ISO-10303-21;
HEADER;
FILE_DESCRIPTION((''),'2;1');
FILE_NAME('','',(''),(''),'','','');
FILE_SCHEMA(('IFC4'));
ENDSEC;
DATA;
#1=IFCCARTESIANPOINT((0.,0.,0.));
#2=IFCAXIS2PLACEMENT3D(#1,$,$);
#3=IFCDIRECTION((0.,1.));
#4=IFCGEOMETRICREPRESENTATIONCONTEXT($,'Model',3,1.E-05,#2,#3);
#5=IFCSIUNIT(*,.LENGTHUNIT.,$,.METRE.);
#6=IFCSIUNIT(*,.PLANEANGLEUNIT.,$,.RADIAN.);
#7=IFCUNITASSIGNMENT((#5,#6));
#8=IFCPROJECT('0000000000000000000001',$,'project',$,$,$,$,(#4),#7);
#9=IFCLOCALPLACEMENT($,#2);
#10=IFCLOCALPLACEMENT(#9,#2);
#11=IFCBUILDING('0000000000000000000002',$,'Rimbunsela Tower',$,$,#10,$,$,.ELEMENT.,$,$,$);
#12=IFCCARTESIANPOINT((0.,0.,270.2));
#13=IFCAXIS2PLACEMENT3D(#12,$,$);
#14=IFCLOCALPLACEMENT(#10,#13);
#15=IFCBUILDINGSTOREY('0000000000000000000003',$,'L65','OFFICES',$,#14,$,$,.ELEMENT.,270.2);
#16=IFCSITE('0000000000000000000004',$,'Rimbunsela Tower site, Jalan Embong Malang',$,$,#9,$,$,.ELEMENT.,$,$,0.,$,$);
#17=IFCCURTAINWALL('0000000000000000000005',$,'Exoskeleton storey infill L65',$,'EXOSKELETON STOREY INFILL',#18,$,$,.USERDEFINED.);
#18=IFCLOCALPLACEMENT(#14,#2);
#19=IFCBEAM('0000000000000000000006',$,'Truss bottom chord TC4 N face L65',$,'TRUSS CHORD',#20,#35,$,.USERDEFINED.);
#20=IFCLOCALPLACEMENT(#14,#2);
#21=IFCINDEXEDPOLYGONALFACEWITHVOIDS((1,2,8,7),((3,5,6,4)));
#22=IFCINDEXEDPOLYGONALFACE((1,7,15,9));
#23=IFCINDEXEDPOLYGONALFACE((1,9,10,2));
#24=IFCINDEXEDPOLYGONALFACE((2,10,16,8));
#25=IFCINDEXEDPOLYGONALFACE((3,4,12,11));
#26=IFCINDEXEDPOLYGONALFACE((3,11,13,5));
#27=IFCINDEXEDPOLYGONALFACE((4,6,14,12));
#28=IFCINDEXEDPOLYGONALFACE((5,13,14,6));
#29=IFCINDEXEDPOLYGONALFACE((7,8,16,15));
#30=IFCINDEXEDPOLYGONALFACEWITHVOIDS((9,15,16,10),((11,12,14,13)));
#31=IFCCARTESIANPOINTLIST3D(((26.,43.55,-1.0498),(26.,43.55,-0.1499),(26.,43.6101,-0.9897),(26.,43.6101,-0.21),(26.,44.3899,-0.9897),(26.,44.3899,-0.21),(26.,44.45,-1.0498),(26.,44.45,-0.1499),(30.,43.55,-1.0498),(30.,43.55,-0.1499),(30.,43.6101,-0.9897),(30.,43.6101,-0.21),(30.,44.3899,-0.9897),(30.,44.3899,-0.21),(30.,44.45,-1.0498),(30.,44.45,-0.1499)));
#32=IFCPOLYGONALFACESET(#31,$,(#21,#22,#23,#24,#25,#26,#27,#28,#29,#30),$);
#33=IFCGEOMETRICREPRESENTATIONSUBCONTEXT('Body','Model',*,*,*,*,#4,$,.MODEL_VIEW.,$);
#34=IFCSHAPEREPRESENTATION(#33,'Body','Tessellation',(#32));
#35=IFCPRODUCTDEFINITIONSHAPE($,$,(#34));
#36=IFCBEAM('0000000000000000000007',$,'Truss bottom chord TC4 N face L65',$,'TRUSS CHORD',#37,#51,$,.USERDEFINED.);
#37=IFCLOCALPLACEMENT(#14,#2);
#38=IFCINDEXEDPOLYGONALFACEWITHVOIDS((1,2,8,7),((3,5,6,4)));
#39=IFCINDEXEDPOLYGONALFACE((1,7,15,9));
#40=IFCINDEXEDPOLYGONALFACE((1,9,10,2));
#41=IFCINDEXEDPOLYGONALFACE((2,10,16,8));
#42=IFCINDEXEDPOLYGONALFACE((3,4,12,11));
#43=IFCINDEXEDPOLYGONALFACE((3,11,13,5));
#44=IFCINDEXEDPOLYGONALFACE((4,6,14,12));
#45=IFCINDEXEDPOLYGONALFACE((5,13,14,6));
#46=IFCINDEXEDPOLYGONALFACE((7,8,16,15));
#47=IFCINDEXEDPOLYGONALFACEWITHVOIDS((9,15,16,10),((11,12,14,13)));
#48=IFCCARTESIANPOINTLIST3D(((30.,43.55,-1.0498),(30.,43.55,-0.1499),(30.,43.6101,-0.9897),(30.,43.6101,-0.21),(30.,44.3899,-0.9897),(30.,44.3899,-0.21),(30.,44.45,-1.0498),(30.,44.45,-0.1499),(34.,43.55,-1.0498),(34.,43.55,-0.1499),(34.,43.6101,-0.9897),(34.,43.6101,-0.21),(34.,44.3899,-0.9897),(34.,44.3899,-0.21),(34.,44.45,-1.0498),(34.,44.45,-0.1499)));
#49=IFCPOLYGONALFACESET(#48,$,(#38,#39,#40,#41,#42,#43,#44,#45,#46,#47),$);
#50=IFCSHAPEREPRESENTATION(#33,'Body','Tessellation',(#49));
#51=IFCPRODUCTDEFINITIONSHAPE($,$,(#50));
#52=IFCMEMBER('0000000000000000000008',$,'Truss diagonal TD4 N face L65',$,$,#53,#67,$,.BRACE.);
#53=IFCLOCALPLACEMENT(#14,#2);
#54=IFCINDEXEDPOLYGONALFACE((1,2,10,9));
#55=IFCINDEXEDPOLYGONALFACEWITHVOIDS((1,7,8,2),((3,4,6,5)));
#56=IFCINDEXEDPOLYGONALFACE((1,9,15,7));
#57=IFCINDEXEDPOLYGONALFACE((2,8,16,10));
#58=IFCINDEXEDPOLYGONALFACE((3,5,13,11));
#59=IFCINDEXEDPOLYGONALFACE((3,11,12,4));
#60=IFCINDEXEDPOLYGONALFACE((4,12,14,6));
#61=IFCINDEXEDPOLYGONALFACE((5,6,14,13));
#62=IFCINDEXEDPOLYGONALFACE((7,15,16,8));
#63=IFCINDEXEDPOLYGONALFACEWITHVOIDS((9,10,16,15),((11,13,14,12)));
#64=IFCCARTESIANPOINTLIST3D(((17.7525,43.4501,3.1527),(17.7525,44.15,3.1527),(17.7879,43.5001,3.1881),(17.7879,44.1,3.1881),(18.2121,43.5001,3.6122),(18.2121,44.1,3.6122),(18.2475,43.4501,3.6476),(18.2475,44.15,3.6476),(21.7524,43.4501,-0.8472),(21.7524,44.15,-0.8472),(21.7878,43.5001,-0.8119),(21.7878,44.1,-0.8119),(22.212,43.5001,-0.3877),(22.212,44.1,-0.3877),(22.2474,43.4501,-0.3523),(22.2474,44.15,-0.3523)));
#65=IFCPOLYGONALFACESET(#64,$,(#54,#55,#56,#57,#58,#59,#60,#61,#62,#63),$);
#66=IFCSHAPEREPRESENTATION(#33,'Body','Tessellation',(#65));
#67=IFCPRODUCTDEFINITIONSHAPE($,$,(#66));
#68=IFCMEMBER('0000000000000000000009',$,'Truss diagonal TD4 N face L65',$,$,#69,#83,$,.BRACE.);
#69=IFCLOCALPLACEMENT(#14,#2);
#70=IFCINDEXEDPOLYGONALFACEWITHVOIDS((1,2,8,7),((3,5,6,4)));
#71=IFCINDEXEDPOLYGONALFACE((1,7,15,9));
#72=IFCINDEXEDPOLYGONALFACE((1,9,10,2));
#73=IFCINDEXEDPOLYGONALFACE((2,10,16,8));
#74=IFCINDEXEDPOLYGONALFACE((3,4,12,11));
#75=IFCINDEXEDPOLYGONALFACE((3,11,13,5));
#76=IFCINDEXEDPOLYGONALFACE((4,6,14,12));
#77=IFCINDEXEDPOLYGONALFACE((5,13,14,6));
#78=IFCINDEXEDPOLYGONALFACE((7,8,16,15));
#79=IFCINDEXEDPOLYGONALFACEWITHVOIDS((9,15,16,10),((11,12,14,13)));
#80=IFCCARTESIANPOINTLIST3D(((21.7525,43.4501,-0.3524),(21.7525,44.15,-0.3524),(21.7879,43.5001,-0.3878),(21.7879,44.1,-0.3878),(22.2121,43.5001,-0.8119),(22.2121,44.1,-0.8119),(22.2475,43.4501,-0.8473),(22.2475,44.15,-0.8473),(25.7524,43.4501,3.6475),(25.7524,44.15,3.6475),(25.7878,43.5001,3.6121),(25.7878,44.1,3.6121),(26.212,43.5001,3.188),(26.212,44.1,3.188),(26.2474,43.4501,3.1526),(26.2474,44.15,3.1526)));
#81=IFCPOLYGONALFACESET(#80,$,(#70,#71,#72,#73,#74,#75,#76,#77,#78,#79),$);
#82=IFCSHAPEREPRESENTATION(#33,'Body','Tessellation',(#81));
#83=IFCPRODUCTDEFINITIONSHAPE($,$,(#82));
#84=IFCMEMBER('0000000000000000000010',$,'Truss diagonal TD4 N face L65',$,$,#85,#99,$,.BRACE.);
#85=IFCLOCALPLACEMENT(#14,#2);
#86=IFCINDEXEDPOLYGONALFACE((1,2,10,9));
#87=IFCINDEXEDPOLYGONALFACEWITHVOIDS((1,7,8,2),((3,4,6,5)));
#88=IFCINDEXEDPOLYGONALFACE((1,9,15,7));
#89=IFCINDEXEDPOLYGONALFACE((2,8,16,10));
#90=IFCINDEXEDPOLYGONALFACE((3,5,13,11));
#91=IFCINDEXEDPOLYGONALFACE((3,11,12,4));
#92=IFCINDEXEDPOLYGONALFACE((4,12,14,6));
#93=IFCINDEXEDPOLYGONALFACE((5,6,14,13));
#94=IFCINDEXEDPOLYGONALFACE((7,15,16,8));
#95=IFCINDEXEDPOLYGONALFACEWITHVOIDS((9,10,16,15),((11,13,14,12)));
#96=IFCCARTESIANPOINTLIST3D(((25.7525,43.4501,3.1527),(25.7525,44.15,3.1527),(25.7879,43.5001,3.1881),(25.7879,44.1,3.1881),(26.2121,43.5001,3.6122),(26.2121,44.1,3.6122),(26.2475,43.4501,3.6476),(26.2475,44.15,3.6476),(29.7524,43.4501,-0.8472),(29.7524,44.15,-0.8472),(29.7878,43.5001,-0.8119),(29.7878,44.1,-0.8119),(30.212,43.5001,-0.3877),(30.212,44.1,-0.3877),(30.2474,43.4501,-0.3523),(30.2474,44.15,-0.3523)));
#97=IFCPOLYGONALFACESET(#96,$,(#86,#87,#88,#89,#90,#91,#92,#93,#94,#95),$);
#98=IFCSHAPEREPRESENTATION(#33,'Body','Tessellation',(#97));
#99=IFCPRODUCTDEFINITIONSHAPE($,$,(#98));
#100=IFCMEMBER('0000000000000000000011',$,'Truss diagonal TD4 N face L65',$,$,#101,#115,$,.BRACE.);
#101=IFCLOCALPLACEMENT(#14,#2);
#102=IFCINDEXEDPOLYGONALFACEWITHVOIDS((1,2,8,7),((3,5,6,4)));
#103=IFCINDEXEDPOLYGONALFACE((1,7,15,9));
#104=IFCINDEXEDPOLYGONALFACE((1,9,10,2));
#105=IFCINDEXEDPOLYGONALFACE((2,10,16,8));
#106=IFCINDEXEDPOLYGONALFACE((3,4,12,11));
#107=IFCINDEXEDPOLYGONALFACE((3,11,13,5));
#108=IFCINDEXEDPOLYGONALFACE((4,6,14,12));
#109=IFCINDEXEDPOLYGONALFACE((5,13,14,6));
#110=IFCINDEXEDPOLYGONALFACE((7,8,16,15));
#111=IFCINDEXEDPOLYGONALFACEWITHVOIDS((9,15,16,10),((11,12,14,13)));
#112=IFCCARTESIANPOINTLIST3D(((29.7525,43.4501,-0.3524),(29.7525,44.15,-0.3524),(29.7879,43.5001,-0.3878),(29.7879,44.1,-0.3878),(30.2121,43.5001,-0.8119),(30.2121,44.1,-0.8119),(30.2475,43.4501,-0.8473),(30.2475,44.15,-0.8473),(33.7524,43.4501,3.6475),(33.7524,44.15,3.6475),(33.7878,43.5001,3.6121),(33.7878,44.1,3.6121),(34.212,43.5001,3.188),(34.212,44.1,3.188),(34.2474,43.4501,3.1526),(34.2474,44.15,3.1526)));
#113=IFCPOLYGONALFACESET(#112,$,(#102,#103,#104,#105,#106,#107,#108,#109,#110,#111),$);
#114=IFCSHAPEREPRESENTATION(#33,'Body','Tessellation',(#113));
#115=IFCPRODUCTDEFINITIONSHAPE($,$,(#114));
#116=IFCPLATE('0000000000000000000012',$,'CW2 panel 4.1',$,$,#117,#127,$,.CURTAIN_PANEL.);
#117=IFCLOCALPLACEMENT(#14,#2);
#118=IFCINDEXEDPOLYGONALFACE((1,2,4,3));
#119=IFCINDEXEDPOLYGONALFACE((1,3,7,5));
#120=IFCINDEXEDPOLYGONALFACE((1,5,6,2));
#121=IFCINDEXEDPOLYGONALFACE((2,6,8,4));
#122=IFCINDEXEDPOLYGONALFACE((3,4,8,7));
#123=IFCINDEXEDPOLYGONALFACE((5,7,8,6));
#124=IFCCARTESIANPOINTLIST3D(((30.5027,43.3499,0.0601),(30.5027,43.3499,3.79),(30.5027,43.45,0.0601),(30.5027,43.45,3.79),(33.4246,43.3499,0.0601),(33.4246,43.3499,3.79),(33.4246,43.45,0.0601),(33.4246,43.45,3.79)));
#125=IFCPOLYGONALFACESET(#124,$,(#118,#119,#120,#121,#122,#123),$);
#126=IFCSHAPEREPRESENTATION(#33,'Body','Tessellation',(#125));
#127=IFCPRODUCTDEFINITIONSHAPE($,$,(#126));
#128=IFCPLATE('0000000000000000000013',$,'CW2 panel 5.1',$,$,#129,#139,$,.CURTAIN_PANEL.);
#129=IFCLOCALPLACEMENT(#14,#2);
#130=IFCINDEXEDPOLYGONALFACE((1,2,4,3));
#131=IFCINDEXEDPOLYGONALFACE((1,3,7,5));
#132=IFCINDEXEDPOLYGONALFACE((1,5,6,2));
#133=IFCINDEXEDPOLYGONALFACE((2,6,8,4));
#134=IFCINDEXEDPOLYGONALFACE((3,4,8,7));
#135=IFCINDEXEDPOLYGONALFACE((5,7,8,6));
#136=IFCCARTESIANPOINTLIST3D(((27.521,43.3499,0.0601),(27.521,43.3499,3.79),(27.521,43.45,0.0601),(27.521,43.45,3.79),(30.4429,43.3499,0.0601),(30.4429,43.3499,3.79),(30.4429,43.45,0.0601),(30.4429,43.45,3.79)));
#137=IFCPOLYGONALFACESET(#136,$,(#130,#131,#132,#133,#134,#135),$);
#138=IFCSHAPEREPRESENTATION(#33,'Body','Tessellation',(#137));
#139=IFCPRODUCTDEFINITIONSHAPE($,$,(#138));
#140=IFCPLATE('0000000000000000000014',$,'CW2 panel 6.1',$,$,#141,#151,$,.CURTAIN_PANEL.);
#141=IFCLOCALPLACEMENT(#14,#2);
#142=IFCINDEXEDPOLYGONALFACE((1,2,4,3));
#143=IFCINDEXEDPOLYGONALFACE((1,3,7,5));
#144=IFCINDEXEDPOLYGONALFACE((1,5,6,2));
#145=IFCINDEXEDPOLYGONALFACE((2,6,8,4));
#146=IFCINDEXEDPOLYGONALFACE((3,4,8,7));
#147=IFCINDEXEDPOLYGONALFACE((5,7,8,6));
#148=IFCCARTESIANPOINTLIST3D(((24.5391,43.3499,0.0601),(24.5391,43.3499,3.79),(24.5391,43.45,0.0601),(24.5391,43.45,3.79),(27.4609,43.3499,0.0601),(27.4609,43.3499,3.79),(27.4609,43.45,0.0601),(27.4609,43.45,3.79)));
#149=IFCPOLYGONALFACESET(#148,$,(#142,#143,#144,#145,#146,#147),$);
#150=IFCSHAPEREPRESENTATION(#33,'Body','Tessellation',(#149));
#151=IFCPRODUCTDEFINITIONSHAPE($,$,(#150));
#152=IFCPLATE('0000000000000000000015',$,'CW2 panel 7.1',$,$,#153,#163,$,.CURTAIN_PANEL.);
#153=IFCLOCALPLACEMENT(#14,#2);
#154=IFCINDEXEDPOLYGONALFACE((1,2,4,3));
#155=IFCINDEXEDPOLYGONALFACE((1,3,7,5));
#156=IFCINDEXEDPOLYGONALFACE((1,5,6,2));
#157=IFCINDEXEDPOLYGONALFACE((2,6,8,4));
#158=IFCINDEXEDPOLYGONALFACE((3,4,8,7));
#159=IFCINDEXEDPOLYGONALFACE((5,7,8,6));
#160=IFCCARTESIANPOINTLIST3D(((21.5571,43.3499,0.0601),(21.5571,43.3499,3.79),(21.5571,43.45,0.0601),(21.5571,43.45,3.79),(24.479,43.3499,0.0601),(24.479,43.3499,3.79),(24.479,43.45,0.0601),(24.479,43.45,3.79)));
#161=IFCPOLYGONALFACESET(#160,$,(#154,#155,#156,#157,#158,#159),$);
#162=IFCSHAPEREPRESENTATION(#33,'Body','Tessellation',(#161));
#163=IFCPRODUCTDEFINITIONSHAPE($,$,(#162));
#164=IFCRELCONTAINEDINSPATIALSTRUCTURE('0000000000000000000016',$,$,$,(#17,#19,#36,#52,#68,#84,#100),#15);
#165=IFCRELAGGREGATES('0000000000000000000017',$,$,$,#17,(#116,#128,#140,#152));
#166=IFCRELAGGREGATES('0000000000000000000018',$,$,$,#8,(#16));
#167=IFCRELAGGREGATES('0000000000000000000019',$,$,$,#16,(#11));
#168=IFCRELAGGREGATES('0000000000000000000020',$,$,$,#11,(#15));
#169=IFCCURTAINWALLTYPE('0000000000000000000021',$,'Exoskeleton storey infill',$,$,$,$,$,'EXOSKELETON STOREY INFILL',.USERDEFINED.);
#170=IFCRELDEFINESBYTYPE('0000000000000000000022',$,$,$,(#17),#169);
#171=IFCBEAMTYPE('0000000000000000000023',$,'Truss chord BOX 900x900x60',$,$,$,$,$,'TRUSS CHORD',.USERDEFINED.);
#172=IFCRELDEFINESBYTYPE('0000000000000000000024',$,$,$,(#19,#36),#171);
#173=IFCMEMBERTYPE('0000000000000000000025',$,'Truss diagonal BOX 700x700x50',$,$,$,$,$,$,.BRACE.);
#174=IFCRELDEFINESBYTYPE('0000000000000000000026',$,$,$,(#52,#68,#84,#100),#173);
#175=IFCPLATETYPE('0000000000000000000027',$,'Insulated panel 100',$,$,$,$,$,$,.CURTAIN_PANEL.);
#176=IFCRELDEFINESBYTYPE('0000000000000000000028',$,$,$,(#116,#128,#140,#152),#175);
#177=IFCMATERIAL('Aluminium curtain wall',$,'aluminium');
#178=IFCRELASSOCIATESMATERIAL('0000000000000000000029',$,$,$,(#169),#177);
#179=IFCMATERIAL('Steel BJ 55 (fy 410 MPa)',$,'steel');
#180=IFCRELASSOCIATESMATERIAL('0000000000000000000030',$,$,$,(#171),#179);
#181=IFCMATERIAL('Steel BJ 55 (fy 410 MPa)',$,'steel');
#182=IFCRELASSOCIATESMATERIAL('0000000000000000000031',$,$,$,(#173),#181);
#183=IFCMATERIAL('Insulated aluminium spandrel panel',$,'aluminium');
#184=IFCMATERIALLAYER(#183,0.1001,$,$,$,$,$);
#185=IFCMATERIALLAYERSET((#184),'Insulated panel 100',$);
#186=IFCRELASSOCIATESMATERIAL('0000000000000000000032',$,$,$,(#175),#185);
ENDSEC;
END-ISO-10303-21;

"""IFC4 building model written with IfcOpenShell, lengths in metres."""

from ifc_helpers import new_model, si_unit, direction, frame, origin, origin_2d, place, context, subcontext, project, spatial, rectangle, hollow_rectangle, extrude, material, layer, layer_set, material_profile, profile_set, type_object, element, aggregate, save


model = new_model("IFC4")

# Units and contexts
model_context = context("Model", 3, precision=1e-05, world=origin(), true_north=direction((0.0, 1.0)))
body_context = subcontext(model_context, "Body", "Model", "MODEL_VIEW")
ifc_project = project(units=[si_unit("LENGTHUNIT", "METRE"), si_unit("PLANEANGLEUNIT", "RADIAN")], contexts=[model_context])

# Site, building, storey
site_placement = place(None, origin())
site = spatial("IfcSite", under=ifc_project, at=site_placement, Name="Rimbunsela Tower site, Jalan Embong Malang", CompositionType="ELEMENT", RefElevation=0.0)
building_placement = place(site_placement, origin())
building = spatial("IfcBuilding", under=site, at=building_placement, Name="Rimbunsela Tower", CompositionType="ELEMENT")
storey_placement = place(building_placement, frame((0.0, 0.0, 270.2)))
storey = spatial("IfcBuildingStorey", under=building, at=storey_placement, Name="L65", Description="OFFICES", CompositionType="ELEMENT", Elevation=270.2)

# Curtain wall
ifc_material_1 = material(Name="Aluminium curtain wall", Category="aluminium")
curtain_wall_type = type_object("IfcCurtainWallType", Name="Exoskeleton storey infill", ElementType="EXOSKELETON STOREY INFILL", PredefinedType="USERDEFINED", material=ifc_material_1)
curtain_wall_placement = place(storey_placement, origin())
curtain_wall = element("IfcCurtainWall", 1, at=curtain_wall_placement, inside=storey, type_object=curtain_wall_type, Name="Exoskeleton storey infill L65", ObjectType="EXOSKELETON STOREY INFILL", PredefinedType="USERDEFINED")

# Beams
ifc_material_2 = material(Name="Steel BJ 55 (fy 410 MPa)", Category="steel")
ifc_material_profile_1 = material_profile(ifc_material_2, hollow_rectangle(XDim=0.8999, YDim=0.8999, WallThickness=0.0601, at=origin_2d()), Name="BOX 900x900x60")
ifc_profile_set_1 = profile_set([ifc_material_profile_1], Name="Steel BJ 55 (fy 410 MPa)")
beam_type = type_object("IfcBeamType", Name="Truss chord BOX 900x900x60", ElementType="TRUSS CHORD", PredefinedType="USERDEFINED", material=ifc_profile_set_1)
for number, where, z_axis, x_axis, name in (
    (2, (26.0, 44.0, -0.5999), (1.0, 0.0, 0.0), (0.0, 1.0, 0.0), "Truss bottom chord TC4 N face L65"),
    (3, (30.0, 44.0, -0.5999), (1.0, 0.0, 0.0), (0.0, 1.0, 0.0), "Truss bottom chord TC4 N face L65"),
):
    element("IfcBeam", number, at=place(storey_placement, frame(where, z_axis=z_axis, x_axis=x_axis)), inside=storey, type_object=beam_type, Name=name, ObjectType="TRUSS CHORD", PredefinedType="USERDEFINED", context=body_context, shape_type="SweptSolid", body=[
        extrude(hollow_rectangle(XDim=0.8999, YDim=0.8999, WallThickness=0.0601, at=origin_2d()), origin(), (0.0, 0.0, 1.0), 4.0),
    ])

# Members
ifc_material_3 = material(Name="Steel BJ 55 (fy 410 MPa)", Category="steel")
ifc_material_profile_2 = material_profile(ifc_material_3, hollow_rectangle(XDim=0.7, YDim=0.7, WallThickness=0.05, at=origin_2d()), Name="BOX 700x700x50")
ifc_profile_set_2 = profile_set([ifc_material_profile_2], Name="Steel BJ 55 (fy 410 MPa)")
member_type_1 = type_object("IfcMemberType", Name="Truss diagonal BOX 700x700x50", PredefinedType="BRACE", material=ifc_profile_set_2)
for number, where, z_axis, x_axis, name in (
    (4, (18.0, 43.8, 3.4001), (0.707107, 0.0, -0.707107), (0.0, 1.0, 0.0), "Truss diagonal TD4 N face L65"),
    (5, (22.0, 43.8, -0.5999), (0.707107, 0.0, 0.707107), (0.0, 1.0, 0.0), "Truss diagonal TD4 N face L65"),
    (6, (26.0, 43.8, 3.4001), (0.707107, 0.0, -0.707107), (0.0, 1.0, 0.0), "Truss diagonal TD4 N face L65"),
    (7, (30.0, 43.8, -0.5999), (0.707107, 0.0, 0.707107), (0.0, 1.0, 0.0), "Truss diagonal TD4 N face L65"),
):
    element("IfcMember", number, at=place(storey_placement, frame(where, z_axis=z_axis, x_axis=x_axis)), inside=storey, type_object=member_type_1, Name=name, PredefinedType="BRACE", context=body_context, shape_type="SweptSolid", body=[
        extrude(hollow_rectangle(XDim=0.7, YDim=0.7, WallThickness=0.05, at=origin_2d()), origin(), (0.0, 0.0, 1.0), 5.6567),
    ])

# Plates
ifc_material_4 = material(Name="Insulated aluminium spandrel panel", Category="aluminium")
ifc_layer = layer(ifc_material_4, 0.1001)
ifc_layer_set = layer_set([ifc_layer], Name="Insulated panel 100")
plate_type = type_object("IfcPlateType", Name="Insulated panel 100", PredefinedType="CURTAIN_PANEL", material=ifc_layer_set)
plate_1_placement = place(storey_placement, frame((31.9636, 43.3999, 0.0601), z_axis=(0.0, 0.0, 1.0), x_axis=(-1.0, 0.0, 0.0)))
plate_1 = element("IfcPlate", 8, at=plate_1_placement, type_object=plate_type, Name="CW2 panel 4.1", PredefinedType="CURTAIN_PANEL", context=body_context, shape_type="SweptSolid", body=[
    extrude(rectangle(XDim=2.9219, YDim=0.1001, at=origin_2d()), origin(), (0.0, 0.0, 1.0), 3.73),
])
plate_2_placement = place(storey_placement, frame((28.9819, 43.3999, 0.0601), z_axis=(0.0, 0.0, 1.0), x_axis=(-1.0, 0.0, 0.0)))
plate_2 = element("IfcPlate", 9, at=plate_2_placement, type_object=plate_type, Name="CW2 panel 5.1", PredefinedType="CURTAIN_PANEL", context=body_context, shape_type="SweptSolid", body=[
    extrude(rectangle(XDim=2.9219, YDim=0.1001, at=origin_2d()), origin(), (0.0, 0.0, 1.0), 3.73),
])
plate_3_placement = place(storey_placement, frame((26.0, 43.3999, 0.0601), z_axis=(0.0, 0.0, 1.0), x_axis=(-1.0, 0.0, 0.0)))
plate_3 = element("IfcPlate", 10, at=plate_3_placement, type_object=plate_type, Name="CW2 panel 6.1", PredefinedType="CURTAIN_PANEL", context=body_context, shape_type="SweptSolid", body=[
    extrude(rectangle(XDim=2.9219, YDim=0.1001, at=origin_2d()), origin(), (0.0, 0.0, 1.0), 3.73),
])
plate_4_placement = place(storey_placement, frame((23.0181, 43.3999, 0.0601), z_axis=(0.0, 0.0, 1.0), x_axis=(-1.0, 0.0, 0.0)))
plate_4 = element("IfcPlate", 11, at=plate_4_placement, type_object=plate_type, Name="CW2 panel 7.1", PredefinedType="CURTAIN_PANEL", context=body_context, shape_type="SweptSolid", body=[
    extrude(rectangle(XDim=2.9219, YDim=0.1001, at=origin_2d()), origin(), (0.0, 0.0, 1.0), 3.73),
])
aggregate(curtain_wall, [plate_1, plate_2, plate_3, plate_4])

save(model, "model.ifc")
